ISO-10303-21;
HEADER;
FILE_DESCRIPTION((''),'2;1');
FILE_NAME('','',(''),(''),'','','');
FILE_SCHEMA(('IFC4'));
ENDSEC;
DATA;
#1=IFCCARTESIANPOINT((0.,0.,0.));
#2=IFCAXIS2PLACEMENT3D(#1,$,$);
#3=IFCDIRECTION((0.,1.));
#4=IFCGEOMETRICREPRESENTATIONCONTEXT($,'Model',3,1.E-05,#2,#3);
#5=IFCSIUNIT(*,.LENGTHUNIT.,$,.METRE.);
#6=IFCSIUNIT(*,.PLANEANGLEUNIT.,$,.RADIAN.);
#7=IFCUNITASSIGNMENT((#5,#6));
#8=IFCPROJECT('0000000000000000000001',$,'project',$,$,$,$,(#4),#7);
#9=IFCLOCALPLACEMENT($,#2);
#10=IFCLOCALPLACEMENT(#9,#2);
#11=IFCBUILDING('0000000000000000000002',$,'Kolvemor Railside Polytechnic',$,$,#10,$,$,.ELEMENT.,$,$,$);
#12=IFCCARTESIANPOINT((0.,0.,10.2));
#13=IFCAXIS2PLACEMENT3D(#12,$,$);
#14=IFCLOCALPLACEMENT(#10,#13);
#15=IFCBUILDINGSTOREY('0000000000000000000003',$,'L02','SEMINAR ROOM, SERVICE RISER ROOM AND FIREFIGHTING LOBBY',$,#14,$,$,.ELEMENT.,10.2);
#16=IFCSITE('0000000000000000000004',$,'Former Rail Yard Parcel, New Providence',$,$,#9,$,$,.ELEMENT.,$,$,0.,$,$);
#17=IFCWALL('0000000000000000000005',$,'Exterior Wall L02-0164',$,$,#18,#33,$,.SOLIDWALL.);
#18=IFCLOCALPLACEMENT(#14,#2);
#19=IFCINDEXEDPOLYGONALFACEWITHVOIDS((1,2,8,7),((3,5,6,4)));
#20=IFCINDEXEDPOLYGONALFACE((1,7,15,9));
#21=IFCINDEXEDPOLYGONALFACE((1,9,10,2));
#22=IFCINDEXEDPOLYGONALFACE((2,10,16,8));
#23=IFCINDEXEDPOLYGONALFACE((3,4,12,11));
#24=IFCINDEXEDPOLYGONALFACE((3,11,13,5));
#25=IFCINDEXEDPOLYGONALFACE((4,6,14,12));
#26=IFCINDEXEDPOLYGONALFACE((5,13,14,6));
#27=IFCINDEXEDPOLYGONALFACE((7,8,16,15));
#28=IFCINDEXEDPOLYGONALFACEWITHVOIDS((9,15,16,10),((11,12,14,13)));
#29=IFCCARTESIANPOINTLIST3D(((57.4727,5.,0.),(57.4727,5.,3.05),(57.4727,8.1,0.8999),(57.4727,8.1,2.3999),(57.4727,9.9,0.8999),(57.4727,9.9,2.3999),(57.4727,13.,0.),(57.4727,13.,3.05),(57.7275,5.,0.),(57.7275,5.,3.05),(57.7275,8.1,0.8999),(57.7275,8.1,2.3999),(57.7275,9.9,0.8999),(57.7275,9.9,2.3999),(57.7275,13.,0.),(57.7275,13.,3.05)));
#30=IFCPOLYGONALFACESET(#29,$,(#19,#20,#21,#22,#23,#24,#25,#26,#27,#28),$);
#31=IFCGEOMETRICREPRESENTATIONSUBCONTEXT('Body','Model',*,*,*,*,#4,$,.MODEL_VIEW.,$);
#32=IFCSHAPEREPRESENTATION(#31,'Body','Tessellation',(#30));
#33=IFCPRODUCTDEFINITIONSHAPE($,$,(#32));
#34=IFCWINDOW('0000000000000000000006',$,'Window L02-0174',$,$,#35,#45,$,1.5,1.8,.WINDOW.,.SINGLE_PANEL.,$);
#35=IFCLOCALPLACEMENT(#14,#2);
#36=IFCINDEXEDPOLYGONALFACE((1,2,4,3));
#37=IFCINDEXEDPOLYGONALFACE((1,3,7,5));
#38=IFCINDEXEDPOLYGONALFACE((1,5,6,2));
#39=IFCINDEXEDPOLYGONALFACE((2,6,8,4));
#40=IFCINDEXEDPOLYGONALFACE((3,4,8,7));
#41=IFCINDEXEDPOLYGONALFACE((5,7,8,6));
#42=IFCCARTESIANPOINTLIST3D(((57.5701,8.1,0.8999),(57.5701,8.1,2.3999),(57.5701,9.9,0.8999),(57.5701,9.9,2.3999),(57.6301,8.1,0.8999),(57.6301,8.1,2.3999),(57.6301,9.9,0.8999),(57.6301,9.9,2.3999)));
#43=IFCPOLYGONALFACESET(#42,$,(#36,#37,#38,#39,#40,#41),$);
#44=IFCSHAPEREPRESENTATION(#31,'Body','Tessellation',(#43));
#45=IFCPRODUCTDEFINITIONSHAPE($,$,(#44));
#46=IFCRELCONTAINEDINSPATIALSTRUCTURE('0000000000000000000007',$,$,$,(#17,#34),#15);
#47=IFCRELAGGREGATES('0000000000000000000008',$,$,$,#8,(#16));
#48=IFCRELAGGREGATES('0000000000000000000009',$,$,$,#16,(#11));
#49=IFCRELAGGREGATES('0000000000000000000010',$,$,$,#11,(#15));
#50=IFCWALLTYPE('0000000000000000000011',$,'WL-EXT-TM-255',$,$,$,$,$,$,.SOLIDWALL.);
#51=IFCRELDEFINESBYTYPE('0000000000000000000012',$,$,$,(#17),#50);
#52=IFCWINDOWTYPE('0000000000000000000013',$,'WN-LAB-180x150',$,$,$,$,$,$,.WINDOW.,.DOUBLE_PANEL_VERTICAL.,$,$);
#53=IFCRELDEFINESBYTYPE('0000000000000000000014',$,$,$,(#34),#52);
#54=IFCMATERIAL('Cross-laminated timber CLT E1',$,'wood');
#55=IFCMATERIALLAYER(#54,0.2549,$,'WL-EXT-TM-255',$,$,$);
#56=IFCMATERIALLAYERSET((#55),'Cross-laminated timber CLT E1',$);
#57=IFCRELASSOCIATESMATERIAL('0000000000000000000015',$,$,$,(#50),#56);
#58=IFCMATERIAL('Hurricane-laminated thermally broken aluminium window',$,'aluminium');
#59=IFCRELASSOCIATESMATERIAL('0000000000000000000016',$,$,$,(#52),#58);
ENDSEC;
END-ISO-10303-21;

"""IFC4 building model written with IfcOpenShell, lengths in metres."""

from ifc_helpers import new_model, si_unit, direction, frame, frame_2d, origin, place, context, subcontext, project, spatial, rectangle, extrude, material, layer, layer_set, type_object, element, fill, save


model = new_model("IFC4")

# Units and contexts
model_context = context("Model", 3, precision=1e-05, world=origin(), true_north=direction((0.0, 1.0)))
body_context = subcontext(model_context, "Body", "Model", "MODEL_VIEW")
ifc_project = project(units=[si_unit("LENGTHUNIT", "METRE"), si_unit("PLANEANGLEUNIT", "RADIAN")], contexts=[model_context])

# Site, building, storey
site_placement = place(None, origin())
site = spatial("IfcSite", under=ifc_project, at=site_placement, Name="Former Rail Yard Parcel, New Providence", CompositionType="ELEMENT", RefElevation=0.0)
building_placement = place(site_placement, origin())
building = spatial("IfcBuilding", under=site, at=building_placement, Name="Kolvemor Railside Polytechnic", CompositionType="ELEMENT")
storey_placement = place(building_placement, frame((0.0, 0.0, 10.2)))
storey = spatial("IfcBuildingStorey", under=building, at=storey_placement, Name="L02", Description="SEMINAR ROOM, SERVICE RISER ROOM AND FIREFIGHTING LOBBY", CompositionType="ELEMENT", Elevation=10.2)

# Shared definitions
ifc_material_1 = material(Name="Cross-laminated timber CLT E1", Category="wood")
ifc_layer = layer(ifc_material_1, 0.2549, Name="WL-EXT-TM-255")
ifc_layer_set = layer_set([ifc_layer], Name="Cross-laminated timber CLT E1")
wall_type = type_object("IfcWallType", Name="WL-EXT-TM-255", PredefinedType="SOLIDWALL", material=ifc_layer_set)

# Wall, opening, window
wall_1_placement = place(storey_placement, frame((57.6001, 13.0, 0.0), z_axis=(0.0, 0.0, 1.0), x_axis=(0.0, -1.0, 0.0)))
wall_1 = element("IfcWall", 1, at=wall_1_placement, inside=storey, type_object=wall_type, Name="Exterior Wall L02-0164", PredefinedType="SOLIDWALL", context=body_context, shape_type="SweptSolid", body=[
    extrude(rectangle(XDim=8.0, YDim=0.2549, at=frame_2d((4.0, 0.0))), origin(), (0.0, 0.0, 1.0), 3.05),
])
opening_1_placement = place(wall_1_placement, frame((3.1001, 0.0, 0.8999)))
opening_1 = element("IfcOpeningElement", 2, at=opening_1_placement, cuts=wall_1, PredefinedType="OPENING", context=body_context, shape_type="SweptSolid", body=[
    extrude(rectangle(XDim=1.8, YDim=1.5, at=frame_2d((0.8999, 0.75))), frame((0.0, 0.1375, 0.0), z_axis=(0.0, -1.0, 0.0), x_axis=(1.0, 0.0, 0.0)), (0.0, 0.0, 1.0), 0.2749),
])
ifc_material_2 = material(Name="Hurricane-laminated thermally broken aluminium window", Category="aluminium")
window_type = type_object("IfcWindowType", Name="WN-LAB-180x150", PartitioningType="DOUBLE_PANEL_VERTICAL", PredefinedType="WINDOW", material=ifc_material_2)
window_placement = place(opening_1_placement, origin())
window = element("IfcWindow", 3, at=window_placement, inside=storey, type_object=window_type, Name="Window L02-0174", OverallHeight=1.5, OverallWidth=1.8, PartitioningType="SINGLE_PANEL", PredefinedType="WINDOW", context=body_context, shape_type="SweptSolid", body=[
    extrude(rectangle(XDim=1.8, YDim=1.5, at=frame_2d((0.8999, 0.75))), frame((0.0, 0.03, 0.0), z_axis=(0.0, -1.0, 0.0), x_axis=(1.0, 0.0, 0.0)), (0.0, 0.0, 1.0), 0.0601),
])
fill(opening_1, window)

save(model, "model.ifc")
